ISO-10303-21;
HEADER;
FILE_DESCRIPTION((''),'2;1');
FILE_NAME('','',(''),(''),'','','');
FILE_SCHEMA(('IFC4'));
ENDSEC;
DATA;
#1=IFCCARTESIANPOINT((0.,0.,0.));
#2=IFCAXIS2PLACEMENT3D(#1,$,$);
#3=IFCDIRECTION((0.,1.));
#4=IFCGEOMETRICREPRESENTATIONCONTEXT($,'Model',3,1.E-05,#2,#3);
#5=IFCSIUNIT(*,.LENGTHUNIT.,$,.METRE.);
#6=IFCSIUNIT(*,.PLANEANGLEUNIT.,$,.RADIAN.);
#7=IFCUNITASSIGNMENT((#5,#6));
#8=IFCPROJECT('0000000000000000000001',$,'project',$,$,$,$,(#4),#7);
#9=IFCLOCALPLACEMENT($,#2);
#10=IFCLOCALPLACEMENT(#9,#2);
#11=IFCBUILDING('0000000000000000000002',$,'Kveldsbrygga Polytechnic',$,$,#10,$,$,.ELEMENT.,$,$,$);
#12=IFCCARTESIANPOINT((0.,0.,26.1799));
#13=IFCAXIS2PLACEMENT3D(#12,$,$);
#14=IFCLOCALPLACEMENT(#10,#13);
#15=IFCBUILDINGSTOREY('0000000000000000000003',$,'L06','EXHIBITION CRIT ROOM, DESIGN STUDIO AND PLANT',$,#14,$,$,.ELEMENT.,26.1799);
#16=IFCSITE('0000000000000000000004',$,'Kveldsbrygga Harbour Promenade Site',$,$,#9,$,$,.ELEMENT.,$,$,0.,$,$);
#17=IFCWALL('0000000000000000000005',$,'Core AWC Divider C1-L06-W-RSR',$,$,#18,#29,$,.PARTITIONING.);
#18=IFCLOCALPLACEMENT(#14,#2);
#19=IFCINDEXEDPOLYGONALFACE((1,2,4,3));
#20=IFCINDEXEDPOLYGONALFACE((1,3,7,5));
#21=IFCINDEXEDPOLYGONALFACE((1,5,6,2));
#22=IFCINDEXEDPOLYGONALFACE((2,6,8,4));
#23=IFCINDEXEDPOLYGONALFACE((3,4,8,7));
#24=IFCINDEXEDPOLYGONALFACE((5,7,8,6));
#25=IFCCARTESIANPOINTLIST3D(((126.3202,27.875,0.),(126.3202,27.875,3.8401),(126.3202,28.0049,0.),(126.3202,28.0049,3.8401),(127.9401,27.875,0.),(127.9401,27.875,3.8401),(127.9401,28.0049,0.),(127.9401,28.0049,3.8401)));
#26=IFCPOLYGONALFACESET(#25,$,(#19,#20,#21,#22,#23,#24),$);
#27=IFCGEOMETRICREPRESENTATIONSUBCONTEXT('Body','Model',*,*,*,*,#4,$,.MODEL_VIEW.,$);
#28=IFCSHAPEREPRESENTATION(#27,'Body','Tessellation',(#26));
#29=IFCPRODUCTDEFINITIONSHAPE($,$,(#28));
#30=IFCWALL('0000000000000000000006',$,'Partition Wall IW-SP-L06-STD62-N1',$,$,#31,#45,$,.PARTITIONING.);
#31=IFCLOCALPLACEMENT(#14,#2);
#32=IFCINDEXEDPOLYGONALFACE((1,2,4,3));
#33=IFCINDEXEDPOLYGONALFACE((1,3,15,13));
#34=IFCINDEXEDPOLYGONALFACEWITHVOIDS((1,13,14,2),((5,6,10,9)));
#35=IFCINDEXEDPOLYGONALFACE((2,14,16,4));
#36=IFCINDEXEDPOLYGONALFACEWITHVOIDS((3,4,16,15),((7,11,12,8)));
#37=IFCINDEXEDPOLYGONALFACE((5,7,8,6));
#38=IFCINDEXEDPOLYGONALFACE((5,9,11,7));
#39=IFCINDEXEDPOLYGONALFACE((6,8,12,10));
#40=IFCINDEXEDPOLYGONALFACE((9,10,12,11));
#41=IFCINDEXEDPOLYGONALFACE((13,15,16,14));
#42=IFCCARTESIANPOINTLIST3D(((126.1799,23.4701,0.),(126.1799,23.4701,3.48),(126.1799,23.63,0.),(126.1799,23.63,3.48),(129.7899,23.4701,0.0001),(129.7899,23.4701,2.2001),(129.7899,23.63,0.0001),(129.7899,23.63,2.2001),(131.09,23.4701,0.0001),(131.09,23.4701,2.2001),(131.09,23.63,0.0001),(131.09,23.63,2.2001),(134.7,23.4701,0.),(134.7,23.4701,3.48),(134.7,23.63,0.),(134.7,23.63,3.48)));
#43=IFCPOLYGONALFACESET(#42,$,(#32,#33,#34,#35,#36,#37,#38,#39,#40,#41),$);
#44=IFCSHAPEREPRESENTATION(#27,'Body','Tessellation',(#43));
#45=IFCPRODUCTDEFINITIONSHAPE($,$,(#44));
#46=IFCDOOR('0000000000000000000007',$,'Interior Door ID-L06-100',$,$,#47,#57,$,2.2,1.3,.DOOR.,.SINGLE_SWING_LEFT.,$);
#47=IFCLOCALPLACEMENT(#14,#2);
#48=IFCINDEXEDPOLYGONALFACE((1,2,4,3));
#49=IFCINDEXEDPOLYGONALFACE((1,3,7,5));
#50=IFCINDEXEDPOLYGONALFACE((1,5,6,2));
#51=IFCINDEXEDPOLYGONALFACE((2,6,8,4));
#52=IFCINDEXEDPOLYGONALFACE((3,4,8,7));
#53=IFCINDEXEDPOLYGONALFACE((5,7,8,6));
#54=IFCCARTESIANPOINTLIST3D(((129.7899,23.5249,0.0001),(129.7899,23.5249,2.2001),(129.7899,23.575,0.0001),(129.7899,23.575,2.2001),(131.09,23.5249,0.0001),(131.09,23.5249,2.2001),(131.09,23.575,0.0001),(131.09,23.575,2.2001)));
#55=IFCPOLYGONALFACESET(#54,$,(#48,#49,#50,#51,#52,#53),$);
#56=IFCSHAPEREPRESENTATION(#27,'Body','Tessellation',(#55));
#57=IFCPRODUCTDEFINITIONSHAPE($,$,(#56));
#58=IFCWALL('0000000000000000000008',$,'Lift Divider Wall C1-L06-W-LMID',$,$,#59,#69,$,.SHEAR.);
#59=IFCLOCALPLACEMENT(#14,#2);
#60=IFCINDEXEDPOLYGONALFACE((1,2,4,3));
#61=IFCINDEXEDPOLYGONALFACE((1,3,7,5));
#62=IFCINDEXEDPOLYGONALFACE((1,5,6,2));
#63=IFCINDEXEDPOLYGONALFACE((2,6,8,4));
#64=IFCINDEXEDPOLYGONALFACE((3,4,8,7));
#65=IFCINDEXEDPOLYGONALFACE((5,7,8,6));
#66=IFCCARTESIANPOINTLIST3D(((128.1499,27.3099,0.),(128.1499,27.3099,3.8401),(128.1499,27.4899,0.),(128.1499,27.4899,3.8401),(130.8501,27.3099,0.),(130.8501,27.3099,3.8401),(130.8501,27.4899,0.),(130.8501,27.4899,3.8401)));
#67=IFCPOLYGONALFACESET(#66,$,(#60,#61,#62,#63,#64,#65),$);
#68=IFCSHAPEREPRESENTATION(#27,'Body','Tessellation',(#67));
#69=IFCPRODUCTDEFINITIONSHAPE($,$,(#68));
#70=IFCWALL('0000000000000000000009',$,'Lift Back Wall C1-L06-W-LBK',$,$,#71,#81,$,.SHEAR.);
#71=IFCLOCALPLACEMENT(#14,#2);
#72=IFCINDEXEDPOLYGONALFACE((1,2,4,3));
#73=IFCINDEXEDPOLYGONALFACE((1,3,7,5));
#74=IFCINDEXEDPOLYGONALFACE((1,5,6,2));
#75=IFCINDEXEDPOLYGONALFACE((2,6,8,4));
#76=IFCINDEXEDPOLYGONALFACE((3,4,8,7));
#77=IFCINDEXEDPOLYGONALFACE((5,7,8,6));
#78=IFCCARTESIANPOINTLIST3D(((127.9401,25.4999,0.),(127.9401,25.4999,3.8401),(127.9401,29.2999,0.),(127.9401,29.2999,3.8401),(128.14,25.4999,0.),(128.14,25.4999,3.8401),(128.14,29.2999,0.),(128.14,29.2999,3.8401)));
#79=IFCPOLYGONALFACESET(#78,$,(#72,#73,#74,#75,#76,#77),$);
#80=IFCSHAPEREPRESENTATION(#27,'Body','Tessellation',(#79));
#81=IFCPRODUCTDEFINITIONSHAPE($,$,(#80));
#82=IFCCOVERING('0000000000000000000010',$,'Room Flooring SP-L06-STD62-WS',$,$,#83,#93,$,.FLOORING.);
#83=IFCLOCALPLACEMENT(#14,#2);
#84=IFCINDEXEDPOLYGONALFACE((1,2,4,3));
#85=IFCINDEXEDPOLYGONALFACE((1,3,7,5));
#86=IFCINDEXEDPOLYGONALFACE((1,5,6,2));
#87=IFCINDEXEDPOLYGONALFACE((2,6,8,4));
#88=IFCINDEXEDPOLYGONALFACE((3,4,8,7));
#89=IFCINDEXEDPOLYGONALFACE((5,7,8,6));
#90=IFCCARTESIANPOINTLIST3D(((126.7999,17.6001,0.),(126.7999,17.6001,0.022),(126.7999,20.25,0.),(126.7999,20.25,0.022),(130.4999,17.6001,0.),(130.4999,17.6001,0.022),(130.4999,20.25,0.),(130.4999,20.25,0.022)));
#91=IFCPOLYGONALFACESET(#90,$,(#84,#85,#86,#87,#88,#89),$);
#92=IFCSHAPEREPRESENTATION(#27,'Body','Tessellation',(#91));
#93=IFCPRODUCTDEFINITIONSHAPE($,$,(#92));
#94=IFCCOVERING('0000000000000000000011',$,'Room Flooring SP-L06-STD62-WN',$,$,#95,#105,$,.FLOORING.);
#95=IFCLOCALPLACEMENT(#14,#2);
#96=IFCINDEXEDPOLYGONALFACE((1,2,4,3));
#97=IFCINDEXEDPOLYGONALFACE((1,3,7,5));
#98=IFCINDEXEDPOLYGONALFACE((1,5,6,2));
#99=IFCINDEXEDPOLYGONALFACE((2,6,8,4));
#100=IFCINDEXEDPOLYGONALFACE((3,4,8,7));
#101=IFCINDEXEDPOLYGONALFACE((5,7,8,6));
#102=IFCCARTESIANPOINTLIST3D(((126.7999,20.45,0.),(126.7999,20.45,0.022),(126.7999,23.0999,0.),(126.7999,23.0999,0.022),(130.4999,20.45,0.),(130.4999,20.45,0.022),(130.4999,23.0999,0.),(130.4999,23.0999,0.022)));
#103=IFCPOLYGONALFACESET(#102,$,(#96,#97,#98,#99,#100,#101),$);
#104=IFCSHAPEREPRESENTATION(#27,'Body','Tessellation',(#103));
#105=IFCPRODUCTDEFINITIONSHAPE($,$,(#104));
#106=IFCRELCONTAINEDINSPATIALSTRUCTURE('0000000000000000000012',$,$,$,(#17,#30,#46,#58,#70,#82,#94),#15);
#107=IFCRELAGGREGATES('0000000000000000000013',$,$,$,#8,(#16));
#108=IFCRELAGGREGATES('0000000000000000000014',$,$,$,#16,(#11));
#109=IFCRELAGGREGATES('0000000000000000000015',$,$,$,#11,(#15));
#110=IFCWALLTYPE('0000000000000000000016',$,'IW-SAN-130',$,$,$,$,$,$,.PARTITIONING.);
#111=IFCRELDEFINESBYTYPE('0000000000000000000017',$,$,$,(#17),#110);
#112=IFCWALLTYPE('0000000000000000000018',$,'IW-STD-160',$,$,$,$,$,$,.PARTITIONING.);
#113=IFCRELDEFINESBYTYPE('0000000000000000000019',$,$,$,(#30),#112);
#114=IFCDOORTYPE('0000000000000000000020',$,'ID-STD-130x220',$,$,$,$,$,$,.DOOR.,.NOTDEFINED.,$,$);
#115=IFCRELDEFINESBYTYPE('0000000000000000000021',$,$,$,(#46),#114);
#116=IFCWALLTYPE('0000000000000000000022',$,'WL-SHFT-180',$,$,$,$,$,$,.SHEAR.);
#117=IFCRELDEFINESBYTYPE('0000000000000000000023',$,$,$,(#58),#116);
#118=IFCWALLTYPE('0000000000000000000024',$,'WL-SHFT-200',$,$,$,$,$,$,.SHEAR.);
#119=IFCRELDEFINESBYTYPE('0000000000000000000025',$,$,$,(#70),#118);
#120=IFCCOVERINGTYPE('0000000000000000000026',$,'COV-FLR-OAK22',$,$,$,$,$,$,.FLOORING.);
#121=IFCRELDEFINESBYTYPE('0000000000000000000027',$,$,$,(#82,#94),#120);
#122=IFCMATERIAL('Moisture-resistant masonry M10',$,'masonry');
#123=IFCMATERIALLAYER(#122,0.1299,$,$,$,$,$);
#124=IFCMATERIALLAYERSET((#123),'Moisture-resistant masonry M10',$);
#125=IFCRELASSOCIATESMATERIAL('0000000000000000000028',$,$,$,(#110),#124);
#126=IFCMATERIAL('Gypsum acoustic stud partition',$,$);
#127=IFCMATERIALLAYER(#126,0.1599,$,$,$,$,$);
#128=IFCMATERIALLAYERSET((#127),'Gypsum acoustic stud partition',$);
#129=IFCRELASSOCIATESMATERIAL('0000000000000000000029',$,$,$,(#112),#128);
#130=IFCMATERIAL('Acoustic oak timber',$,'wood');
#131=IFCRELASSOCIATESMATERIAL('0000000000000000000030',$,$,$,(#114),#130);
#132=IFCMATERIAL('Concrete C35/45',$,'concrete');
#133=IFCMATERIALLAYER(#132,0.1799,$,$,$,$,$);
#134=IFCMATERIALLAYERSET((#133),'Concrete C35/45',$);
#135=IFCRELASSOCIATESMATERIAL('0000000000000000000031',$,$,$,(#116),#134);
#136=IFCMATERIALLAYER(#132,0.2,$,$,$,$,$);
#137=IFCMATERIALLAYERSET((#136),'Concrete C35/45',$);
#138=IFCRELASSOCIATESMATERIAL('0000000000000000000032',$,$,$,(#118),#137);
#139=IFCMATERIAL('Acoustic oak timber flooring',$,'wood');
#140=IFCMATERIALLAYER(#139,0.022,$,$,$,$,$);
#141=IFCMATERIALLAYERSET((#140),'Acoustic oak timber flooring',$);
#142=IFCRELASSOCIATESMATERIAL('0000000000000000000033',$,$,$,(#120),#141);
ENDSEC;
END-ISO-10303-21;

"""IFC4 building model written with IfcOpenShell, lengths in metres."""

from ifc_helpers import new_model, si_unit, direction, frame, frame_2d, origin, origin_2d, place, context, subcontext, project, spatial, rectangle, extrude, material, layer, layer_set, type_object, element, fill, save


model = new_model("IFC4")

# Units and contexts
model_context = context("Model", 3, precision=1e-05, world=origin(), true_north=direction((0.0, 1.0)))
body_context = subcontext(model_context, "Body", "Model", "MODEL_VIEW")
ifc_project = project(units=[si_unit("LENGTHUNIT", "METRE"), si_unit("PLANEANGLEUNIT", "RADIAN")], contexts=[model_context])

# Site, building, storey
site_placement = place(None, origin())
site = spatial("IfcSite", under=ifc_project, at=site_placement, Name="Kveldsbrygga Harbour Promenade Site", CompositionType="ELEMENT", RefElevation=0.0)
building_placement = place(site_placement, origin())
building = spatial("IfcBuilding", under=site, at=building_placement, Name="Kveldsbrygga Polytechnic", CompositionType="ELEMENT")
storey_placement = place(building_placement, frame((0.0, 0.0, 26.1799)))
storey = spatial("IfcBuildingStorey", under=building, at=storey_placement, Name="L06", Description="EXHIBITION CRIT ROOM, DESIGN STUDIO AND PLANT", CompositionType="ELEMENT", Elevation=26.1799)

# Wall
ifc_material_1 = material(Name="Moisture-resistant masonry M10", Category="masonry")
ifc_layer_1 = layer(ifc_material_1, 0.1299)
ifc_layer_set_1 = layer_set([ifc_layer_1], Name="Moisture-resistant masonry M10")
wall_type_1 = type_object("IfcWallType", Name="IW-SAN-130", PredefinedType="PARTITIONING", material=ifc_layer_set_1)
wall_1_placement = place(storey_placement, frame((126.3201, 27.9399, 0.0), z_axis=(0.0, 0.0, 1.0), x_axis=(1.0, 0.0, 0.0)))
element("IfcWall", 1, at=wall_1_placement, inside=storey, type_object=wall_type_1, Name="Core AWC Divider C1-L06-W-RSR", PredefinedType="PARTITIONING", context=body_context, shape_type="SweptSolid", body=[
    extrude(rectangle(XDim=1.6199, YDim=0.1299, at=frame_2d((0.8101, 0.0))), origin(), (0.0, 0.0, 1.0), 3.8401),
])

# Wall, opening, door
ifc_material_2 = material(Name="Gypsum acoustic stud partition")
ifc_layer_2 = layer(ifc_material_2, 0.1599)
ifc_layer_set_2 = layer_set([ifc_layer_2], Name="Gypsum acoustic stud partition")
wall_type_2 = type_object("IfcWallType", Name="IW-STD-160", PredefinedType="PARTITIONING", material=ifc_layer_set_2)
wall_2_placement = place(storey_placement, frame((126.1799, 23.55, 0.0), z_axis=(0.0, 0.0, 1.0), x_axis=(1.0, 0.0, 0.0)))
wall_2 = element("IfcWall", 2, at=wall_2_placement, inside=storey, type_object=wall_type_2, Name="Partition Wall IW-SP-L06-STD62-N1", PredefinedType="PARTITIONING", context=body_context, shape_type="SweptSolid", body=[
    extrude(rectangle(XDim=8.52, YDim=0.1599, at=frame_2d((4.26, 0.0))), origin(), (0.0, 0.0, 1.0), 3.48),
])
opening_1_placement = place(wall_2_placement, frame((3.6101, 0.0, 0.0)))
opening_1 = element("IfcOpeningElement", 3, at=opening_1_placement, cuts=wall_2, PredefinedType="OPENING", context=body_context, shape_type="SweptSolid", body=[
    extrude(rectangle(XDim=1.3, YDim=2.2, at=frame_2d((0.6499, 1.1001))), frame((0.0, 0.0898, 0.0), z_axis=(0.0, -1.0, 0.0), x_axis=(1.0, 0.0, 0.0)), (0.0, 0.0, 1.0), 0.1799),
])
ifc_material_3 = material(Name="Acoustic oak timber", Category="wood")
door_type_1 = type_object("IfcDoorType", Name="ID-STD-130x220", OperationType="NOTDEFINED", PredefinedType="DOOR", material=ifc_material_3)
door_1_placement = place(opening_1_placement, origin())
door_1 = element("IfcDoor", 4, at=door_1_placement, inside=storey, type_object=door_type_1, Name="Interior Door ID-L06-100", OperationType="SINGLE_SWING_LEFT", OverallHeight=2.2, OverallWidth=1.3, PredefinedType="DOOR", context=body_context, shape_type="SweptSolid", body=[
    extrude(rectangle(XDim=1.3, YDim=2.2, at=frame_2d((0.6499, 1.1001))), frame((0.0, 0.0249, 0.0), z_axis=(0.0, -1.0, 0.0), x_axis=(1.0, 0.0, 0.0)), (0.0, 0.0, 1.0), 0.05),
])
fill(opening_1, door_1)

# Walls
ifc_material_4 = material(Name="Concrete C35/45", Category="concrete")
ifc_layer_3 = layer(ifc_material_4, 0.1799)
ifc_layer_set_3 = layer_set([ifc_layer_3], Name="Concrete C35/45")
wall_type_3 = type_object("IfcWallType", Name="WL-SHFT-180", PredefinedType="SHEAR", material=ifc_layer_set_3)
wall_3_placement = place(storey_placement, frame((128.1499, 27.3999, 0.0), z_axis=(0.0, 0.0, 1.0), x_axis=(1.0, 0.0, 0.0)))
element("IfcWall", 5, at=wall_3_placement, inside=storey, type_object=wall_type_3, Name="Lift Divider Wall C1-L06-W-LMID", PredefinedType="SHEAR", context=body_context, shape_type="SweptSolid", body=[
    extrude(rectangle(XDim=2.7002, YDim=0.1799, at=frame_2d((1.3501, 0.0))), origin(), (0.0, 0.0, 1.0), 3.8401),
])
ifc_layer_4 = layer(ifc_material_4, 0.2)
ifc_layer_set_4 = layer_set([ifc_layer_4], Name="Concrete C35/45")
wall_type_4 = type_object("IfcWallType", Name="WL-SHFT-200", PredefinedType="SHEAR", material=ifc_layer_set_4)
wall_4_placement = place(storey_placement, frame((128.04, 25.5, 0.0), z_axis=(0.0, 0.0, 1.0), x_axis=(0.0, 1.0, 0.0)))
element("IfcWall", 6, at=wall_4_placement, inside=storey, type_object=wall_type_4, Name="Lift Back Wall C1-L06-W-LBK", PredefinedType="SHEAR", context=body_context, shape_type="SweptSolid", body=[
    extrude(rectangle(XDim=3.8, YDim=0.2, at=frame_2d((1.8999, 0.0))), origin(), (0.0, 0.0, 1.0), 3.8401),
])

# Coverings
ifc_material_5 = material(Name="Acoustic oak timber flooring", Category="wood")
ifc_layer_5 = layer(ifc_material_5, 0.022)
ifc_layer_set_5 = layer_set([ifc_layer_5], Name="Acoustic oak timber flooring")
covering_type = type_object("IfcCoveringType", Name="COV-FLR-OAK22", PredefinedType="FLOORING", material=ifc_layer_set_5)
for number, where, z_axis, x_axis, name in (
    (7, (128.6499, 18.925, 0.0), (0.0, 0.0, 1.0), (1.0, 0.0, 0.0), "Room Flooring SP-L06-STD62-WS"),
    (8, (128.6499, 21.7749, 0.0), (0.0, 0.0, 1.0), (1.0, 0.0, 0.0), "Room Flooring SP-L06-STD62-WN"),
):
    element("IfcCovering", number, at=place(storey_placement, frame(where, z_axis=z_axis, x_axis=x_axis)), inside=storey, type_object=covering_type, Name=name, PredefinedType="FLOORING", context=body_context, shape_type="SweptSolid", body=[
        extrude(rectangle(XDim=3.7, YDim=2.6499, at=origin_2d()), origin(), (0.0, 0.0, 1.0), 0.022),
    ])

save(model, "model.ifc")
